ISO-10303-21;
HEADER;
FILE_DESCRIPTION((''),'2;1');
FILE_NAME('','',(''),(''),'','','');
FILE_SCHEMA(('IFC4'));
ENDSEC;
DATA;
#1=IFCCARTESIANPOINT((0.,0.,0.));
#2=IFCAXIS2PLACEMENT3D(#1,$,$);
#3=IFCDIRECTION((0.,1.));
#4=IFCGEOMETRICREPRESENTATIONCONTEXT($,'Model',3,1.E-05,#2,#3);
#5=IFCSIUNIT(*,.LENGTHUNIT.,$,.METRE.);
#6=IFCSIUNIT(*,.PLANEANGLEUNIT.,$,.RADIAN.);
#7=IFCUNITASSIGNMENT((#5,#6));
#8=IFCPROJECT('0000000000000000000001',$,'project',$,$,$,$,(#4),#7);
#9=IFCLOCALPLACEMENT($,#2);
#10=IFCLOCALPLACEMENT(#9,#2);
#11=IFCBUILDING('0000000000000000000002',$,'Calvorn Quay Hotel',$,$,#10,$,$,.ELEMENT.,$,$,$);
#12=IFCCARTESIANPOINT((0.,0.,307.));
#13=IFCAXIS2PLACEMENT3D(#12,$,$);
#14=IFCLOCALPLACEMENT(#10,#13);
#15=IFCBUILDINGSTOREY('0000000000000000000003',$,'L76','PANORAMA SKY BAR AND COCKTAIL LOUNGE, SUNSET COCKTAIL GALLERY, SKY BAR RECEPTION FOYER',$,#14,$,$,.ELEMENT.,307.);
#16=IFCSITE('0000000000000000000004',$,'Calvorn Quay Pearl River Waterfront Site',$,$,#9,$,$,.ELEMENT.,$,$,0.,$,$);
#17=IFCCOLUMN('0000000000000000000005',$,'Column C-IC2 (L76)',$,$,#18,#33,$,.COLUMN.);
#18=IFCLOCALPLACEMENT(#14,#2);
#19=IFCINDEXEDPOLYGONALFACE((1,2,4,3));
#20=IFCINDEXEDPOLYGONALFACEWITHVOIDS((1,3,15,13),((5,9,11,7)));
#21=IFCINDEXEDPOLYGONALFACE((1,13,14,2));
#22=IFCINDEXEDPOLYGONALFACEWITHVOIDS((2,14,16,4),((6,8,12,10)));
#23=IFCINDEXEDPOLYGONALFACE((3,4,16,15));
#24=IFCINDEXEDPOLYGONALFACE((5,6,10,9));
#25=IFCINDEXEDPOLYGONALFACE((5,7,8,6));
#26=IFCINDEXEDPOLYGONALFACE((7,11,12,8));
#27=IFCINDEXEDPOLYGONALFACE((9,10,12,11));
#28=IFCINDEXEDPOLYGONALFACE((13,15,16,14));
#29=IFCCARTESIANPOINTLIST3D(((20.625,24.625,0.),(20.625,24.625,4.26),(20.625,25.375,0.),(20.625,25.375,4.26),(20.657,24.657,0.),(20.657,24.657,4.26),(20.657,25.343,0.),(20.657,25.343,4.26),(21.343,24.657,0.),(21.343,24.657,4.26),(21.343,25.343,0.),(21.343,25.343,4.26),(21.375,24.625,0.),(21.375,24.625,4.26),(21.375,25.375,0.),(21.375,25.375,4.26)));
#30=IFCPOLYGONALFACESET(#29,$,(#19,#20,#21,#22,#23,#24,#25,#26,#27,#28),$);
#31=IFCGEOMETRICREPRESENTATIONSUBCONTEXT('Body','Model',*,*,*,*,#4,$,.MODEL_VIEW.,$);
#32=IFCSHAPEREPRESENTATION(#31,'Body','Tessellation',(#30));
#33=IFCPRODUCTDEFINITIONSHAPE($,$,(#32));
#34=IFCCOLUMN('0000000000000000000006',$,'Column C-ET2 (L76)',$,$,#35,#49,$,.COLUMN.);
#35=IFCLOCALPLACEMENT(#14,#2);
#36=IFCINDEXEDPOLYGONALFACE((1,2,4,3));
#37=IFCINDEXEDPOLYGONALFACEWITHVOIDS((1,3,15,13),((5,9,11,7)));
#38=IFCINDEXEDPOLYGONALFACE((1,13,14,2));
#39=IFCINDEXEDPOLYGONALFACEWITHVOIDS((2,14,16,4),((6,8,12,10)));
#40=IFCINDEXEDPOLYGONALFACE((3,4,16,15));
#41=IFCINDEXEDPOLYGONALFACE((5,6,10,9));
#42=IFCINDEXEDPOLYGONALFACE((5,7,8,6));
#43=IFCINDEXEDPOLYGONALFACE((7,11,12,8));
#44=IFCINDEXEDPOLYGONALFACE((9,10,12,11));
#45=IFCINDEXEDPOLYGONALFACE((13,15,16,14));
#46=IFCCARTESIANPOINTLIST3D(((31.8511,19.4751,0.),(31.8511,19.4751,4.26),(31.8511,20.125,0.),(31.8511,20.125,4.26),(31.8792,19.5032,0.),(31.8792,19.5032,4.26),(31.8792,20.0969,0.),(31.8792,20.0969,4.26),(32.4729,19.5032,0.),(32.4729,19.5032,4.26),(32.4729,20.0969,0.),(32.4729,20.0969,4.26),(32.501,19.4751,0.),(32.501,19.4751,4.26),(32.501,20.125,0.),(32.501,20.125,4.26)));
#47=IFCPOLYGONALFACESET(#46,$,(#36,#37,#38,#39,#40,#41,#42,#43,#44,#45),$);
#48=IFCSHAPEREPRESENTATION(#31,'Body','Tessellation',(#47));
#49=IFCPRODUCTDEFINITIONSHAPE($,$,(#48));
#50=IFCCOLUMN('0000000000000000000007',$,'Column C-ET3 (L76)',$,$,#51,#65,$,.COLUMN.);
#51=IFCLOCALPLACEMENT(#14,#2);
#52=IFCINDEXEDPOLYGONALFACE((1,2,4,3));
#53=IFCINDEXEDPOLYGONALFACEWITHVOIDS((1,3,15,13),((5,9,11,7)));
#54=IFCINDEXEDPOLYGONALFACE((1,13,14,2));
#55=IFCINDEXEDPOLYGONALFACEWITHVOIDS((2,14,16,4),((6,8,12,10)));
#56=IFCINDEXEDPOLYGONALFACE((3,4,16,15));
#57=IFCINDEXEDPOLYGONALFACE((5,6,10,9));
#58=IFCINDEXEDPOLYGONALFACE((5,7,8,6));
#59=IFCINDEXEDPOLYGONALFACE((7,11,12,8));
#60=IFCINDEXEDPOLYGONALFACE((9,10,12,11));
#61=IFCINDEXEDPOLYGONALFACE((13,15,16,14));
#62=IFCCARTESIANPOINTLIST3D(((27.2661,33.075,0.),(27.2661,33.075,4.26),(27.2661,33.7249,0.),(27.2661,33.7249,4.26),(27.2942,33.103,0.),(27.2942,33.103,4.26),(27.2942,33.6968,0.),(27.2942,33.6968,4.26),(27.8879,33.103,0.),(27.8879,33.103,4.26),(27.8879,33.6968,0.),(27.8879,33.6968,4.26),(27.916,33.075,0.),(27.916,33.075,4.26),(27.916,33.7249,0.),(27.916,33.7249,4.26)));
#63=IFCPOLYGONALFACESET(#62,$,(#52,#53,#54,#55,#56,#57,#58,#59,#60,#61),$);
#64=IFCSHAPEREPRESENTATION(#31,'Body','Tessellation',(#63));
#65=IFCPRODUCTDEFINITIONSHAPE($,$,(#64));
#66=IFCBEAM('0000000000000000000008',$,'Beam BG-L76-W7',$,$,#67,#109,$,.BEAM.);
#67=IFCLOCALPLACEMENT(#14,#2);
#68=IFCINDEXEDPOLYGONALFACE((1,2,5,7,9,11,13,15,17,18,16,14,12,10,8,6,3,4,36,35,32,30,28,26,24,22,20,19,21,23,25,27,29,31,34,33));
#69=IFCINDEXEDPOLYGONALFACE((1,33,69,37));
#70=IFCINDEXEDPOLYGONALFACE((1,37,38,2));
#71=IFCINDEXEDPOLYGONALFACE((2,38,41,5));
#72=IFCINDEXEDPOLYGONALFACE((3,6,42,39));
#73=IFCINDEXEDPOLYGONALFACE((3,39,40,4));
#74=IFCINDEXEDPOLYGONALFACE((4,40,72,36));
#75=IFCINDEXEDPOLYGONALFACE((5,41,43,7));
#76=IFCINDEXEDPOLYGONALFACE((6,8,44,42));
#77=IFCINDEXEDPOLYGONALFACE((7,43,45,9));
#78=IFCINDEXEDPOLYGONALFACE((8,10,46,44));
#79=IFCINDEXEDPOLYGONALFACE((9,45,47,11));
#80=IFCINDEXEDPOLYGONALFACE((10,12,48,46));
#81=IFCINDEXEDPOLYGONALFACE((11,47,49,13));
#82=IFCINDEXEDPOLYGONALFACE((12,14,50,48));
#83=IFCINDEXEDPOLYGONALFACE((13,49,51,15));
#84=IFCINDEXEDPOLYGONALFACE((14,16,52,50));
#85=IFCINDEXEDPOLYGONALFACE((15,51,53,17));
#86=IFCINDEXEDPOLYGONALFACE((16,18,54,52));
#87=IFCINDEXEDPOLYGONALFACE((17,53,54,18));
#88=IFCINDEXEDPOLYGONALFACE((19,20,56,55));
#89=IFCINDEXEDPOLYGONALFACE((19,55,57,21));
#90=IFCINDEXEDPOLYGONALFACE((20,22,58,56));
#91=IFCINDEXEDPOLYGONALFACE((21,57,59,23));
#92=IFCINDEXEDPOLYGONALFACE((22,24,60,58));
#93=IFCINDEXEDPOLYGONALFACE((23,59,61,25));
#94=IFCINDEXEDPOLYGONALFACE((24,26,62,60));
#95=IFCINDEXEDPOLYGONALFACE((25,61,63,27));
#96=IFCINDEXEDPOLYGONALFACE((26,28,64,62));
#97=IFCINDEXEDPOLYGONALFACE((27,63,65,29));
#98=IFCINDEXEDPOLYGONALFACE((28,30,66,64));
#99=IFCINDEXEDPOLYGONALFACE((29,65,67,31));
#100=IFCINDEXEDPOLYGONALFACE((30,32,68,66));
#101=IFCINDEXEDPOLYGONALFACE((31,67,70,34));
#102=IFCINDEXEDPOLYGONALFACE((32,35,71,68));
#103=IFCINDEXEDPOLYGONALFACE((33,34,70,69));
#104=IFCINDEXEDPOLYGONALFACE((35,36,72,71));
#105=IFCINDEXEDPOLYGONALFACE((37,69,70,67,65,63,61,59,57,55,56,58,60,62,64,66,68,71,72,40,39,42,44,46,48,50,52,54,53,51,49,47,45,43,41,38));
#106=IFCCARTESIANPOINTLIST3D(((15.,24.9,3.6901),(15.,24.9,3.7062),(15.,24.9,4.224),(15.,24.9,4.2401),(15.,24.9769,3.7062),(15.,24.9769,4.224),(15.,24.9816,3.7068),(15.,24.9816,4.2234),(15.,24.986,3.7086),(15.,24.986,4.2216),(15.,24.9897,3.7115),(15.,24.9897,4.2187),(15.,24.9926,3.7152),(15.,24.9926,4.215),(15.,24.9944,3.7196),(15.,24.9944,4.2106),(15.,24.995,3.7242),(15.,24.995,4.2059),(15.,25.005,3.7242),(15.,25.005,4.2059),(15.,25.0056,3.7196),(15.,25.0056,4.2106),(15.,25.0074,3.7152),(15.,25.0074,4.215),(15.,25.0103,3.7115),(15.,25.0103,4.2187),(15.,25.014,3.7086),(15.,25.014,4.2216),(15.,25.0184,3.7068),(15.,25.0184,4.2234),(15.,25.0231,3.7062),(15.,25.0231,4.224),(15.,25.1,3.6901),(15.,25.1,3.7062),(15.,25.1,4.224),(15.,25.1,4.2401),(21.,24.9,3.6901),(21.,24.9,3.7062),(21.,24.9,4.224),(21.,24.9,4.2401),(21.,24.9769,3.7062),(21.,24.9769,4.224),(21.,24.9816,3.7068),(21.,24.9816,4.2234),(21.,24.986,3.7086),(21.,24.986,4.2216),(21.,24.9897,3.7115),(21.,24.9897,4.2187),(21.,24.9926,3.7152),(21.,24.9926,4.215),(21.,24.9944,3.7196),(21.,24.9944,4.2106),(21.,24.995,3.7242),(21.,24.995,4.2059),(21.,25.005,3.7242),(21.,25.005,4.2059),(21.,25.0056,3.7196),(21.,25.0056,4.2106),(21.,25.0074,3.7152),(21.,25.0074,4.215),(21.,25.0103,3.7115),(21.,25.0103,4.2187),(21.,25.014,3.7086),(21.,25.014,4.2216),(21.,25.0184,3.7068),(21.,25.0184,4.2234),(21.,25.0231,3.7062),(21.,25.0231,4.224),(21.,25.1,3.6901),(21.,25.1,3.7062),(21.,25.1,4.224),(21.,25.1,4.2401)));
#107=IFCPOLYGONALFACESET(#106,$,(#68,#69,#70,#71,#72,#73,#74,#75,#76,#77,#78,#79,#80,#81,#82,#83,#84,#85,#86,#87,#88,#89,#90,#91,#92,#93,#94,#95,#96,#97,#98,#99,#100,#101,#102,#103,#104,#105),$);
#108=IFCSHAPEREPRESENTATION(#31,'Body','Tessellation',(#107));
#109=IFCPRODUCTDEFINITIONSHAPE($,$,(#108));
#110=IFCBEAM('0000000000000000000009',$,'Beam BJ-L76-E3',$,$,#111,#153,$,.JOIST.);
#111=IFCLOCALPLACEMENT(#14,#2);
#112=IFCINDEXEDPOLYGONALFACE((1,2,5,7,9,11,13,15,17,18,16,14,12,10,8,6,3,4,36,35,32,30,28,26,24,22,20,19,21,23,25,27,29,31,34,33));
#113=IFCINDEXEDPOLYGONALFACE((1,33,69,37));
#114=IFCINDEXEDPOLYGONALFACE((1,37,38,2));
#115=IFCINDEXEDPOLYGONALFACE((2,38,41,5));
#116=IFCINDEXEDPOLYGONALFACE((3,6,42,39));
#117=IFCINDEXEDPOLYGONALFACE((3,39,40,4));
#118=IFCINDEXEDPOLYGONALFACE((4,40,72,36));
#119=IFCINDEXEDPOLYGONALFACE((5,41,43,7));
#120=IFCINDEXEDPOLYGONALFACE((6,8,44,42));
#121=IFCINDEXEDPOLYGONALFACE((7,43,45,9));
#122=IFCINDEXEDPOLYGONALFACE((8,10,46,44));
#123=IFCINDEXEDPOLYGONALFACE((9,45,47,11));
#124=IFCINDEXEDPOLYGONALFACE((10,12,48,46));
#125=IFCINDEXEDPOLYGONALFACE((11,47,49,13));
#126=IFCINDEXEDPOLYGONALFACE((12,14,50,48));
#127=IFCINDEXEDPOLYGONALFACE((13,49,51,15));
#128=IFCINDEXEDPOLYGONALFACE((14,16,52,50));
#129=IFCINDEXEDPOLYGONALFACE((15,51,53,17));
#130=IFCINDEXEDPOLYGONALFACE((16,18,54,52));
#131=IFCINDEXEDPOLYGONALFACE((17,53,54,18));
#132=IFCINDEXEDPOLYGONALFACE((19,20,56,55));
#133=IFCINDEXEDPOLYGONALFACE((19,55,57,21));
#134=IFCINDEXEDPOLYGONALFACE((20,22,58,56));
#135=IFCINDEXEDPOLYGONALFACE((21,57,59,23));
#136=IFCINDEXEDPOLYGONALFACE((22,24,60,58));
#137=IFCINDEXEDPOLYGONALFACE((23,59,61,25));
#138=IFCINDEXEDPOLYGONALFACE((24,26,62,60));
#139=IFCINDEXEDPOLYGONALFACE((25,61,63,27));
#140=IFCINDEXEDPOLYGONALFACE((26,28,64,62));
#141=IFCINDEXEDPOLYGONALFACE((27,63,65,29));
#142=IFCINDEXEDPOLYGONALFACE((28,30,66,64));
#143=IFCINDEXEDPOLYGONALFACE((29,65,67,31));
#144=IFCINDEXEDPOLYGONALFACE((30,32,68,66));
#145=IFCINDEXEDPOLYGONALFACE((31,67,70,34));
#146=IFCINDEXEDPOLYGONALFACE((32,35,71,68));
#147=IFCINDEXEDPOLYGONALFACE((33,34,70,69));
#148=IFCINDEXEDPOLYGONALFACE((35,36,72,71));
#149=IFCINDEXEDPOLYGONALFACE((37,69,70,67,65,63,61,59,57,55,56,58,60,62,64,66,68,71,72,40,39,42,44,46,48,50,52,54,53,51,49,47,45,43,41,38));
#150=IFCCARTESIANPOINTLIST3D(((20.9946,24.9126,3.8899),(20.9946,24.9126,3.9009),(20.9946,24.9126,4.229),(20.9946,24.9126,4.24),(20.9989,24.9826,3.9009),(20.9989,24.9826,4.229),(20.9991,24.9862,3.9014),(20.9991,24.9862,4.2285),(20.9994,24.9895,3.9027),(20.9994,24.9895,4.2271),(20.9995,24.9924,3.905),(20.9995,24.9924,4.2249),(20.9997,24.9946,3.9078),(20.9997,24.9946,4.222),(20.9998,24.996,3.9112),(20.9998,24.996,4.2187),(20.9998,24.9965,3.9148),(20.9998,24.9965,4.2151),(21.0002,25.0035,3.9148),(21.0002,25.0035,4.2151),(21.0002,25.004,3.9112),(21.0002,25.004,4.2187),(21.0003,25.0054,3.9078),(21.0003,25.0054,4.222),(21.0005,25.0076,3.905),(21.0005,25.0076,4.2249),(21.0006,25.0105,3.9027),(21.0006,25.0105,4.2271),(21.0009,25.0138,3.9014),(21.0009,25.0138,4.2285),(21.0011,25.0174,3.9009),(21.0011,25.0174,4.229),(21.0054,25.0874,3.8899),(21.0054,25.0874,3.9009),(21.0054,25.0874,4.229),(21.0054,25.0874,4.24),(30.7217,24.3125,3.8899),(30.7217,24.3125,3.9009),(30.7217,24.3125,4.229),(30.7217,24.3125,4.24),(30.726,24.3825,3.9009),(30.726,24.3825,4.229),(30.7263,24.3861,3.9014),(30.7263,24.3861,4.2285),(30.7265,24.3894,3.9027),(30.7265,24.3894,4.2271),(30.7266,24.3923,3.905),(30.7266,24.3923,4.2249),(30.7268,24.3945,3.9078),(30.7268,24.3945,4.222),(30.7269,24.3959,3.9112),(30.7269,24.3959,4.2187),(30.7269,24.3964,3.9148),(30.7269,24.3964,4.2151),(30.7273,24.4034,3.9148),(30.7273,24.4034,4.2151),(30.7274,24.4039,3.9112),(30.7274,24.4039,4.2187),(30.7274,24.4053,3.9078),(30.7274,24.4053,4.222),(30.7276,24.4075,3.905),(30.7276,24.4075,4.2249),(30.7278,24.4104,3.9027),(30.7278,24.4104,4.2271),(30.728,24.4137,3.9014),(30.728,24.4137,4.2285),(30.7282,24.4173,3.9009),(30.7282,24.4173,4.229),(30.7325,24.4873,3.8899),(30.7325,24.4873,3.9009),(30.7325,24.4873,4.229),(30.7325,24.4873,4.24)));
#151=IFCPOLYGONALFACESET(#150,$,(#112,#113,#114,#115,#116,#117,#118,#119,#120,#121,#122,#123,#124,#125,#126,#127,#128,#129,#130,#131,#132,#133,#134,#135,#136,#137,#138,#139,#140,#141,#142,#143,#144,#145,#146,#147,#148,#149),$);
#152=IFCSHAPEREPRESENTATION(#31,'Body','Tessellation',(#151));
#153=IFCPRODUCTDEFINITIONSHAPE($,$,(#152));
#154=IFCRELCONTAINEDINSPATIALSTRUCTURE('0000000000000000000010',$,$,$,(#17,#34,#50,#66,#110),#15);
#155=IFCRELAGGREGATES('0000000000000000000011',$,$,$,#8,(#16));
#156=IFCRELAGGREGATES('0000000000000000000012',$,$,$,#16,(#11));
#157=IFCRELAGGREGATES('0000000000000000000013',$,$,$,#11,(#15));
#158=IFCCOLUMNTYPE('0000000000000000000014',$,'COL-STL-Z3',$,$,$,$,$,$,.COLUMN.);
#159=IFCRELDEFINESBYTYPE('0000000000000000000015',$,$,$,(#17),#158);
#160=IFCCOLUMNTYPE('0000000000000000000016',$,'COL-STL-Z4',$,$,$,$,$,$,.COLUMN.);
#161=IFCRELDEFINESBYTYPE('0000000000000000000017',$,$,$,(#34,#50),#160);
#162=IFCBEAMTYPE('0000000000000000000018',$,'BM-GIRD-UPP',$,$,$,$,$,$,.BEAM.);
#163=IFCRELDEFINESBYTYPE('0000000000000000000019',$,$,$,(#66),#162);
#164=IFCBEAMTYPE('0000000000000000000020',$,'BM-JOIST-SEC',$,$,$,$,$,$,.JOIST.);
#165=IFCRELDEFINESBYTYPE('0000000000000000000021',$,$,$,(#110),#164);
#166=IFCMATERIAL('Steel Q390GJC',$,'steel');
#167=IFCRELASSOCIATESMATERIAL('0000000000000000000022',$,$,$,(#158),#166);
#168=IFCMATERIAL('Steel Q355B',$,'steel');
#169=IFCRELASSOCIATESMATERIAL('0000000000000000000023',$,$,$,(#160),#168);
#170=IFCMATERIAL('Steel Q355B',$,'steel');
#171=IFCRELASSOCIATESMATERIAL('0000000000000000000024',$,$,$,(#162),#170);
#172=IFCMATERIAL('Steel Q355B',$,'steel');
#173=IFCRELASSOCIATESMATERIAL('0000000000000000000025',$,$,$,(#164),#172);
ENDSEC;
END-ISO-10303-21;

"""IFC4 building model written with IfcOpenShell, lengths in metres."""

from ifc_helpers import new_model, si_unit, direction, frame, origin, origin_2d, place, context, subcontext, project, spatial, hollow_rectangle, i_section, extrude, material, material_profile, profile_set, type_object, element, save


model = new_model("IFC4")

# Units and contexts
model_context = context("Model", 3, precision=1e-05, world=origin(), true_north=direction((0.0, 1.0)))
body_context = subcontext(model_context, "Body", "Model", "MODEL_VIEW")
ifc_project = project(units=[si_unit("LENGTHUNIT", "METRE"), si_unit("PLANEANGLEUNIT", "RADIAN")], contexts=[model_context])

# Site, building, storey
site_placement = place(None, origin())
site = spatial("IfcSite", under=ifc_project, at=site_placement, Name="Calvorn Quay Pearl River Waterfront Site", CompositionType="ELEMENT", RefElevation=0.0)
building_placement = place(site_placement, origin())
building = spatial("IfcBuilding", under=site, at=building_placement, Name="Calvorn Quay Hotel", CompositionType="ELEMENT")
storey_placement = place(building_placement, frame((0.0, 0.0, 307.0)))
storey = spatial("IfcBuildingStorey", under=building, at=storey_placement, Name="L76", Description="PANORAMA SKY BAR AND COCKTAIL LOUNGE, SUNSET COCKTAIL GALLERY, SKY BAR RECEPTION FOYER", CompositionType="ELEMENT", Elevation=307.0)

# Columns
ifc_material_1 = material(Name="Steel Q390GJC", Category="steel")
ifc_material_profile_1 = material_profile(ifc_material_1, hollow_rectangle(XDim=0.75, YDim=0.75, WallThickness=0.032, at=origin_2d()), Name="BOX750x750x32")
ifc_profile_set_1 = profile_set([ifc_material_profile_1], Name="Steel Q390GJC")
column_type_1 = type_object("IfcColumnType", Name="COL-STL-Z3", PredefinedType="COLUMN", material=ifc_profile_set_1)
column_placement = place(storey_placement, frame((21.0, 25.0, 0.0), z_axis=(0.0, 0.0, 1.0), x_axis=(1.0, 0.0, 0.0)))
element("IfcColumn", 1, at=column_placement, inside=storey, type_object=column_type_1, Name="Column C-IC2 (L76)", PredefinedType="COLUMN", context=body_context, shape_type="SweptSolid", body=[
    extrude(hollow_rectangle(XDim=0.75, YDim=0.75, WallThickness=0.032, at=origin_2d()), origin(), (0.0, 0.0, 1.0), 4.26),
])
ifc_material_2 = material(Name="Steel Q355B", Category="steel")
ifc_material_profile_2 = material_profile(ifc_material_2, hollow_rectangle(XDim=0.6499, YDim=0.6499, WallThickness=0.0281, at=origin_2d()), Name="BOX650x650x28")
ifc_profile_set_2 = profile_set([ifc_material_profile_2], Name="Steel Q355B")
column_type_2 = type_object("IfcColumnType", Name="COL-STL-Z4", PredefinedType="COLUMN", material=ifc_profile_set_2)
for number, where, z_axis, x_axis, name in (
    (2, (32.176, 19.8, 0.0), (0.0, 0.0, 1.0), (1.0, 0.0, 0.0), "Column C-ET2 (L76)"),
    (3, (27.5911, 33.3999, 0.0), (0.0, 0.0, 1.0), (1.0, 0.0, 0.0), "Column C-ET3 (L76)"),
):
    element("IfcColumn", number, at=place(storey_placement, frame(where, z_axis=z_axis, x_axis=x_axis)), inside=storey, type_object=column_type_2, Name=name, PredefinedType="COLUMN", context=body_context, shape_type="SweptSolid", body=[
        extrude(hollow_rectangle(XDim=0.6499, YDim=0.6499, WallThickness=0.0281, at=origin_2d()), origin(), (0.0, 0.0, 1.0), 4.26),
    ])

# Beams
ifc_material_3 = material(Name="Steel Q355B", Category="steel")
ifc_material_profile_3 = material_profile(ifc_material_3, i_section(OverallWidth=0.2, OverallDepth=0.55, WebThickness=0.01, FlangeThickness=0.0161, FilletRadius=0.0181, at=origin_2d()), Name="HN550x200x10x16")
ifc_profile_set_3 = profile_set([ifc_material_profile_3], Name="Steel Q355B")
beam_type_1 = type_object("IfcBeamType", Name="BM-GIRD-UPP", PredefinedType="BEAM", material=ifc_profile_set_3)
beam_1_placement = place(storey_placement, frame((21.0, 25.0, 3.9651), z_axis=(-1.0, 0.0, 0.0), x_axis=(0.0, -1.0, 0.0)))
element("IfcBeam", 4, at=beam_1_placement, inside=storey, type_object=beam_type_1, Name="Beam BG-L76-W7", PredefinedType="BEAM", context=body_context, shape_type="SweptSolid", body=[
    extrude(i_section(OverallWidth=0.2, OverallDepth=0.55, WebThickness=0.01, FlangeThickness=0.0161, FilletRadius=0.0181, at=origin_2d()), origin(), (0.0, 0.0, 1.0), 6.0),
])
ifc_material_4 = material(Name="Steel Q355B", Category="steel")
ifc_material_profile_4 = material_profile(ifc_material_4, i_section(OverallWidth=0.175, OverallDepth=0.3501, WebThickness=0.0071, FlangeThickness=0.011, FilletRadius=0.0139, at=origin_2d()), Name="HN350x175x7x11")
ifc_profile_set_4 = profile_set([ifc_material_profile_4], Name="Steel Q355B")
beam_type_2 = type_object("IfcBeamType", Name="BM-JOIST-SEC", PredefinedType="JOIST", material=ifc_profile_set_4)
beam_2_placement = place(storey_placement, frame((21.0, 25.0, 4.0649), z_axis=(0.998102, -0.061577, 0.0), x_axis=(0.061577, 0.998102, 0.0)))
element("IfcBeam", 5, at=beam_2_placement, inside=storey, type_object=beam_type_2, Name="Beam BJ-L76-E3", PredefinedType="JOIST", context=body_context, shape_type="SweptSolid", body=[
    extrude(i_section(OverallWidth=0.175, OverallDepth=0.3501, WebThickness=0.0071, FlangeThickness=0.011, FilletRadius=0.0139, at=origin_2d()), origin(), (0.0, 0.0, 1.0), 9.7456),
])

save(model, "model.ifc")
